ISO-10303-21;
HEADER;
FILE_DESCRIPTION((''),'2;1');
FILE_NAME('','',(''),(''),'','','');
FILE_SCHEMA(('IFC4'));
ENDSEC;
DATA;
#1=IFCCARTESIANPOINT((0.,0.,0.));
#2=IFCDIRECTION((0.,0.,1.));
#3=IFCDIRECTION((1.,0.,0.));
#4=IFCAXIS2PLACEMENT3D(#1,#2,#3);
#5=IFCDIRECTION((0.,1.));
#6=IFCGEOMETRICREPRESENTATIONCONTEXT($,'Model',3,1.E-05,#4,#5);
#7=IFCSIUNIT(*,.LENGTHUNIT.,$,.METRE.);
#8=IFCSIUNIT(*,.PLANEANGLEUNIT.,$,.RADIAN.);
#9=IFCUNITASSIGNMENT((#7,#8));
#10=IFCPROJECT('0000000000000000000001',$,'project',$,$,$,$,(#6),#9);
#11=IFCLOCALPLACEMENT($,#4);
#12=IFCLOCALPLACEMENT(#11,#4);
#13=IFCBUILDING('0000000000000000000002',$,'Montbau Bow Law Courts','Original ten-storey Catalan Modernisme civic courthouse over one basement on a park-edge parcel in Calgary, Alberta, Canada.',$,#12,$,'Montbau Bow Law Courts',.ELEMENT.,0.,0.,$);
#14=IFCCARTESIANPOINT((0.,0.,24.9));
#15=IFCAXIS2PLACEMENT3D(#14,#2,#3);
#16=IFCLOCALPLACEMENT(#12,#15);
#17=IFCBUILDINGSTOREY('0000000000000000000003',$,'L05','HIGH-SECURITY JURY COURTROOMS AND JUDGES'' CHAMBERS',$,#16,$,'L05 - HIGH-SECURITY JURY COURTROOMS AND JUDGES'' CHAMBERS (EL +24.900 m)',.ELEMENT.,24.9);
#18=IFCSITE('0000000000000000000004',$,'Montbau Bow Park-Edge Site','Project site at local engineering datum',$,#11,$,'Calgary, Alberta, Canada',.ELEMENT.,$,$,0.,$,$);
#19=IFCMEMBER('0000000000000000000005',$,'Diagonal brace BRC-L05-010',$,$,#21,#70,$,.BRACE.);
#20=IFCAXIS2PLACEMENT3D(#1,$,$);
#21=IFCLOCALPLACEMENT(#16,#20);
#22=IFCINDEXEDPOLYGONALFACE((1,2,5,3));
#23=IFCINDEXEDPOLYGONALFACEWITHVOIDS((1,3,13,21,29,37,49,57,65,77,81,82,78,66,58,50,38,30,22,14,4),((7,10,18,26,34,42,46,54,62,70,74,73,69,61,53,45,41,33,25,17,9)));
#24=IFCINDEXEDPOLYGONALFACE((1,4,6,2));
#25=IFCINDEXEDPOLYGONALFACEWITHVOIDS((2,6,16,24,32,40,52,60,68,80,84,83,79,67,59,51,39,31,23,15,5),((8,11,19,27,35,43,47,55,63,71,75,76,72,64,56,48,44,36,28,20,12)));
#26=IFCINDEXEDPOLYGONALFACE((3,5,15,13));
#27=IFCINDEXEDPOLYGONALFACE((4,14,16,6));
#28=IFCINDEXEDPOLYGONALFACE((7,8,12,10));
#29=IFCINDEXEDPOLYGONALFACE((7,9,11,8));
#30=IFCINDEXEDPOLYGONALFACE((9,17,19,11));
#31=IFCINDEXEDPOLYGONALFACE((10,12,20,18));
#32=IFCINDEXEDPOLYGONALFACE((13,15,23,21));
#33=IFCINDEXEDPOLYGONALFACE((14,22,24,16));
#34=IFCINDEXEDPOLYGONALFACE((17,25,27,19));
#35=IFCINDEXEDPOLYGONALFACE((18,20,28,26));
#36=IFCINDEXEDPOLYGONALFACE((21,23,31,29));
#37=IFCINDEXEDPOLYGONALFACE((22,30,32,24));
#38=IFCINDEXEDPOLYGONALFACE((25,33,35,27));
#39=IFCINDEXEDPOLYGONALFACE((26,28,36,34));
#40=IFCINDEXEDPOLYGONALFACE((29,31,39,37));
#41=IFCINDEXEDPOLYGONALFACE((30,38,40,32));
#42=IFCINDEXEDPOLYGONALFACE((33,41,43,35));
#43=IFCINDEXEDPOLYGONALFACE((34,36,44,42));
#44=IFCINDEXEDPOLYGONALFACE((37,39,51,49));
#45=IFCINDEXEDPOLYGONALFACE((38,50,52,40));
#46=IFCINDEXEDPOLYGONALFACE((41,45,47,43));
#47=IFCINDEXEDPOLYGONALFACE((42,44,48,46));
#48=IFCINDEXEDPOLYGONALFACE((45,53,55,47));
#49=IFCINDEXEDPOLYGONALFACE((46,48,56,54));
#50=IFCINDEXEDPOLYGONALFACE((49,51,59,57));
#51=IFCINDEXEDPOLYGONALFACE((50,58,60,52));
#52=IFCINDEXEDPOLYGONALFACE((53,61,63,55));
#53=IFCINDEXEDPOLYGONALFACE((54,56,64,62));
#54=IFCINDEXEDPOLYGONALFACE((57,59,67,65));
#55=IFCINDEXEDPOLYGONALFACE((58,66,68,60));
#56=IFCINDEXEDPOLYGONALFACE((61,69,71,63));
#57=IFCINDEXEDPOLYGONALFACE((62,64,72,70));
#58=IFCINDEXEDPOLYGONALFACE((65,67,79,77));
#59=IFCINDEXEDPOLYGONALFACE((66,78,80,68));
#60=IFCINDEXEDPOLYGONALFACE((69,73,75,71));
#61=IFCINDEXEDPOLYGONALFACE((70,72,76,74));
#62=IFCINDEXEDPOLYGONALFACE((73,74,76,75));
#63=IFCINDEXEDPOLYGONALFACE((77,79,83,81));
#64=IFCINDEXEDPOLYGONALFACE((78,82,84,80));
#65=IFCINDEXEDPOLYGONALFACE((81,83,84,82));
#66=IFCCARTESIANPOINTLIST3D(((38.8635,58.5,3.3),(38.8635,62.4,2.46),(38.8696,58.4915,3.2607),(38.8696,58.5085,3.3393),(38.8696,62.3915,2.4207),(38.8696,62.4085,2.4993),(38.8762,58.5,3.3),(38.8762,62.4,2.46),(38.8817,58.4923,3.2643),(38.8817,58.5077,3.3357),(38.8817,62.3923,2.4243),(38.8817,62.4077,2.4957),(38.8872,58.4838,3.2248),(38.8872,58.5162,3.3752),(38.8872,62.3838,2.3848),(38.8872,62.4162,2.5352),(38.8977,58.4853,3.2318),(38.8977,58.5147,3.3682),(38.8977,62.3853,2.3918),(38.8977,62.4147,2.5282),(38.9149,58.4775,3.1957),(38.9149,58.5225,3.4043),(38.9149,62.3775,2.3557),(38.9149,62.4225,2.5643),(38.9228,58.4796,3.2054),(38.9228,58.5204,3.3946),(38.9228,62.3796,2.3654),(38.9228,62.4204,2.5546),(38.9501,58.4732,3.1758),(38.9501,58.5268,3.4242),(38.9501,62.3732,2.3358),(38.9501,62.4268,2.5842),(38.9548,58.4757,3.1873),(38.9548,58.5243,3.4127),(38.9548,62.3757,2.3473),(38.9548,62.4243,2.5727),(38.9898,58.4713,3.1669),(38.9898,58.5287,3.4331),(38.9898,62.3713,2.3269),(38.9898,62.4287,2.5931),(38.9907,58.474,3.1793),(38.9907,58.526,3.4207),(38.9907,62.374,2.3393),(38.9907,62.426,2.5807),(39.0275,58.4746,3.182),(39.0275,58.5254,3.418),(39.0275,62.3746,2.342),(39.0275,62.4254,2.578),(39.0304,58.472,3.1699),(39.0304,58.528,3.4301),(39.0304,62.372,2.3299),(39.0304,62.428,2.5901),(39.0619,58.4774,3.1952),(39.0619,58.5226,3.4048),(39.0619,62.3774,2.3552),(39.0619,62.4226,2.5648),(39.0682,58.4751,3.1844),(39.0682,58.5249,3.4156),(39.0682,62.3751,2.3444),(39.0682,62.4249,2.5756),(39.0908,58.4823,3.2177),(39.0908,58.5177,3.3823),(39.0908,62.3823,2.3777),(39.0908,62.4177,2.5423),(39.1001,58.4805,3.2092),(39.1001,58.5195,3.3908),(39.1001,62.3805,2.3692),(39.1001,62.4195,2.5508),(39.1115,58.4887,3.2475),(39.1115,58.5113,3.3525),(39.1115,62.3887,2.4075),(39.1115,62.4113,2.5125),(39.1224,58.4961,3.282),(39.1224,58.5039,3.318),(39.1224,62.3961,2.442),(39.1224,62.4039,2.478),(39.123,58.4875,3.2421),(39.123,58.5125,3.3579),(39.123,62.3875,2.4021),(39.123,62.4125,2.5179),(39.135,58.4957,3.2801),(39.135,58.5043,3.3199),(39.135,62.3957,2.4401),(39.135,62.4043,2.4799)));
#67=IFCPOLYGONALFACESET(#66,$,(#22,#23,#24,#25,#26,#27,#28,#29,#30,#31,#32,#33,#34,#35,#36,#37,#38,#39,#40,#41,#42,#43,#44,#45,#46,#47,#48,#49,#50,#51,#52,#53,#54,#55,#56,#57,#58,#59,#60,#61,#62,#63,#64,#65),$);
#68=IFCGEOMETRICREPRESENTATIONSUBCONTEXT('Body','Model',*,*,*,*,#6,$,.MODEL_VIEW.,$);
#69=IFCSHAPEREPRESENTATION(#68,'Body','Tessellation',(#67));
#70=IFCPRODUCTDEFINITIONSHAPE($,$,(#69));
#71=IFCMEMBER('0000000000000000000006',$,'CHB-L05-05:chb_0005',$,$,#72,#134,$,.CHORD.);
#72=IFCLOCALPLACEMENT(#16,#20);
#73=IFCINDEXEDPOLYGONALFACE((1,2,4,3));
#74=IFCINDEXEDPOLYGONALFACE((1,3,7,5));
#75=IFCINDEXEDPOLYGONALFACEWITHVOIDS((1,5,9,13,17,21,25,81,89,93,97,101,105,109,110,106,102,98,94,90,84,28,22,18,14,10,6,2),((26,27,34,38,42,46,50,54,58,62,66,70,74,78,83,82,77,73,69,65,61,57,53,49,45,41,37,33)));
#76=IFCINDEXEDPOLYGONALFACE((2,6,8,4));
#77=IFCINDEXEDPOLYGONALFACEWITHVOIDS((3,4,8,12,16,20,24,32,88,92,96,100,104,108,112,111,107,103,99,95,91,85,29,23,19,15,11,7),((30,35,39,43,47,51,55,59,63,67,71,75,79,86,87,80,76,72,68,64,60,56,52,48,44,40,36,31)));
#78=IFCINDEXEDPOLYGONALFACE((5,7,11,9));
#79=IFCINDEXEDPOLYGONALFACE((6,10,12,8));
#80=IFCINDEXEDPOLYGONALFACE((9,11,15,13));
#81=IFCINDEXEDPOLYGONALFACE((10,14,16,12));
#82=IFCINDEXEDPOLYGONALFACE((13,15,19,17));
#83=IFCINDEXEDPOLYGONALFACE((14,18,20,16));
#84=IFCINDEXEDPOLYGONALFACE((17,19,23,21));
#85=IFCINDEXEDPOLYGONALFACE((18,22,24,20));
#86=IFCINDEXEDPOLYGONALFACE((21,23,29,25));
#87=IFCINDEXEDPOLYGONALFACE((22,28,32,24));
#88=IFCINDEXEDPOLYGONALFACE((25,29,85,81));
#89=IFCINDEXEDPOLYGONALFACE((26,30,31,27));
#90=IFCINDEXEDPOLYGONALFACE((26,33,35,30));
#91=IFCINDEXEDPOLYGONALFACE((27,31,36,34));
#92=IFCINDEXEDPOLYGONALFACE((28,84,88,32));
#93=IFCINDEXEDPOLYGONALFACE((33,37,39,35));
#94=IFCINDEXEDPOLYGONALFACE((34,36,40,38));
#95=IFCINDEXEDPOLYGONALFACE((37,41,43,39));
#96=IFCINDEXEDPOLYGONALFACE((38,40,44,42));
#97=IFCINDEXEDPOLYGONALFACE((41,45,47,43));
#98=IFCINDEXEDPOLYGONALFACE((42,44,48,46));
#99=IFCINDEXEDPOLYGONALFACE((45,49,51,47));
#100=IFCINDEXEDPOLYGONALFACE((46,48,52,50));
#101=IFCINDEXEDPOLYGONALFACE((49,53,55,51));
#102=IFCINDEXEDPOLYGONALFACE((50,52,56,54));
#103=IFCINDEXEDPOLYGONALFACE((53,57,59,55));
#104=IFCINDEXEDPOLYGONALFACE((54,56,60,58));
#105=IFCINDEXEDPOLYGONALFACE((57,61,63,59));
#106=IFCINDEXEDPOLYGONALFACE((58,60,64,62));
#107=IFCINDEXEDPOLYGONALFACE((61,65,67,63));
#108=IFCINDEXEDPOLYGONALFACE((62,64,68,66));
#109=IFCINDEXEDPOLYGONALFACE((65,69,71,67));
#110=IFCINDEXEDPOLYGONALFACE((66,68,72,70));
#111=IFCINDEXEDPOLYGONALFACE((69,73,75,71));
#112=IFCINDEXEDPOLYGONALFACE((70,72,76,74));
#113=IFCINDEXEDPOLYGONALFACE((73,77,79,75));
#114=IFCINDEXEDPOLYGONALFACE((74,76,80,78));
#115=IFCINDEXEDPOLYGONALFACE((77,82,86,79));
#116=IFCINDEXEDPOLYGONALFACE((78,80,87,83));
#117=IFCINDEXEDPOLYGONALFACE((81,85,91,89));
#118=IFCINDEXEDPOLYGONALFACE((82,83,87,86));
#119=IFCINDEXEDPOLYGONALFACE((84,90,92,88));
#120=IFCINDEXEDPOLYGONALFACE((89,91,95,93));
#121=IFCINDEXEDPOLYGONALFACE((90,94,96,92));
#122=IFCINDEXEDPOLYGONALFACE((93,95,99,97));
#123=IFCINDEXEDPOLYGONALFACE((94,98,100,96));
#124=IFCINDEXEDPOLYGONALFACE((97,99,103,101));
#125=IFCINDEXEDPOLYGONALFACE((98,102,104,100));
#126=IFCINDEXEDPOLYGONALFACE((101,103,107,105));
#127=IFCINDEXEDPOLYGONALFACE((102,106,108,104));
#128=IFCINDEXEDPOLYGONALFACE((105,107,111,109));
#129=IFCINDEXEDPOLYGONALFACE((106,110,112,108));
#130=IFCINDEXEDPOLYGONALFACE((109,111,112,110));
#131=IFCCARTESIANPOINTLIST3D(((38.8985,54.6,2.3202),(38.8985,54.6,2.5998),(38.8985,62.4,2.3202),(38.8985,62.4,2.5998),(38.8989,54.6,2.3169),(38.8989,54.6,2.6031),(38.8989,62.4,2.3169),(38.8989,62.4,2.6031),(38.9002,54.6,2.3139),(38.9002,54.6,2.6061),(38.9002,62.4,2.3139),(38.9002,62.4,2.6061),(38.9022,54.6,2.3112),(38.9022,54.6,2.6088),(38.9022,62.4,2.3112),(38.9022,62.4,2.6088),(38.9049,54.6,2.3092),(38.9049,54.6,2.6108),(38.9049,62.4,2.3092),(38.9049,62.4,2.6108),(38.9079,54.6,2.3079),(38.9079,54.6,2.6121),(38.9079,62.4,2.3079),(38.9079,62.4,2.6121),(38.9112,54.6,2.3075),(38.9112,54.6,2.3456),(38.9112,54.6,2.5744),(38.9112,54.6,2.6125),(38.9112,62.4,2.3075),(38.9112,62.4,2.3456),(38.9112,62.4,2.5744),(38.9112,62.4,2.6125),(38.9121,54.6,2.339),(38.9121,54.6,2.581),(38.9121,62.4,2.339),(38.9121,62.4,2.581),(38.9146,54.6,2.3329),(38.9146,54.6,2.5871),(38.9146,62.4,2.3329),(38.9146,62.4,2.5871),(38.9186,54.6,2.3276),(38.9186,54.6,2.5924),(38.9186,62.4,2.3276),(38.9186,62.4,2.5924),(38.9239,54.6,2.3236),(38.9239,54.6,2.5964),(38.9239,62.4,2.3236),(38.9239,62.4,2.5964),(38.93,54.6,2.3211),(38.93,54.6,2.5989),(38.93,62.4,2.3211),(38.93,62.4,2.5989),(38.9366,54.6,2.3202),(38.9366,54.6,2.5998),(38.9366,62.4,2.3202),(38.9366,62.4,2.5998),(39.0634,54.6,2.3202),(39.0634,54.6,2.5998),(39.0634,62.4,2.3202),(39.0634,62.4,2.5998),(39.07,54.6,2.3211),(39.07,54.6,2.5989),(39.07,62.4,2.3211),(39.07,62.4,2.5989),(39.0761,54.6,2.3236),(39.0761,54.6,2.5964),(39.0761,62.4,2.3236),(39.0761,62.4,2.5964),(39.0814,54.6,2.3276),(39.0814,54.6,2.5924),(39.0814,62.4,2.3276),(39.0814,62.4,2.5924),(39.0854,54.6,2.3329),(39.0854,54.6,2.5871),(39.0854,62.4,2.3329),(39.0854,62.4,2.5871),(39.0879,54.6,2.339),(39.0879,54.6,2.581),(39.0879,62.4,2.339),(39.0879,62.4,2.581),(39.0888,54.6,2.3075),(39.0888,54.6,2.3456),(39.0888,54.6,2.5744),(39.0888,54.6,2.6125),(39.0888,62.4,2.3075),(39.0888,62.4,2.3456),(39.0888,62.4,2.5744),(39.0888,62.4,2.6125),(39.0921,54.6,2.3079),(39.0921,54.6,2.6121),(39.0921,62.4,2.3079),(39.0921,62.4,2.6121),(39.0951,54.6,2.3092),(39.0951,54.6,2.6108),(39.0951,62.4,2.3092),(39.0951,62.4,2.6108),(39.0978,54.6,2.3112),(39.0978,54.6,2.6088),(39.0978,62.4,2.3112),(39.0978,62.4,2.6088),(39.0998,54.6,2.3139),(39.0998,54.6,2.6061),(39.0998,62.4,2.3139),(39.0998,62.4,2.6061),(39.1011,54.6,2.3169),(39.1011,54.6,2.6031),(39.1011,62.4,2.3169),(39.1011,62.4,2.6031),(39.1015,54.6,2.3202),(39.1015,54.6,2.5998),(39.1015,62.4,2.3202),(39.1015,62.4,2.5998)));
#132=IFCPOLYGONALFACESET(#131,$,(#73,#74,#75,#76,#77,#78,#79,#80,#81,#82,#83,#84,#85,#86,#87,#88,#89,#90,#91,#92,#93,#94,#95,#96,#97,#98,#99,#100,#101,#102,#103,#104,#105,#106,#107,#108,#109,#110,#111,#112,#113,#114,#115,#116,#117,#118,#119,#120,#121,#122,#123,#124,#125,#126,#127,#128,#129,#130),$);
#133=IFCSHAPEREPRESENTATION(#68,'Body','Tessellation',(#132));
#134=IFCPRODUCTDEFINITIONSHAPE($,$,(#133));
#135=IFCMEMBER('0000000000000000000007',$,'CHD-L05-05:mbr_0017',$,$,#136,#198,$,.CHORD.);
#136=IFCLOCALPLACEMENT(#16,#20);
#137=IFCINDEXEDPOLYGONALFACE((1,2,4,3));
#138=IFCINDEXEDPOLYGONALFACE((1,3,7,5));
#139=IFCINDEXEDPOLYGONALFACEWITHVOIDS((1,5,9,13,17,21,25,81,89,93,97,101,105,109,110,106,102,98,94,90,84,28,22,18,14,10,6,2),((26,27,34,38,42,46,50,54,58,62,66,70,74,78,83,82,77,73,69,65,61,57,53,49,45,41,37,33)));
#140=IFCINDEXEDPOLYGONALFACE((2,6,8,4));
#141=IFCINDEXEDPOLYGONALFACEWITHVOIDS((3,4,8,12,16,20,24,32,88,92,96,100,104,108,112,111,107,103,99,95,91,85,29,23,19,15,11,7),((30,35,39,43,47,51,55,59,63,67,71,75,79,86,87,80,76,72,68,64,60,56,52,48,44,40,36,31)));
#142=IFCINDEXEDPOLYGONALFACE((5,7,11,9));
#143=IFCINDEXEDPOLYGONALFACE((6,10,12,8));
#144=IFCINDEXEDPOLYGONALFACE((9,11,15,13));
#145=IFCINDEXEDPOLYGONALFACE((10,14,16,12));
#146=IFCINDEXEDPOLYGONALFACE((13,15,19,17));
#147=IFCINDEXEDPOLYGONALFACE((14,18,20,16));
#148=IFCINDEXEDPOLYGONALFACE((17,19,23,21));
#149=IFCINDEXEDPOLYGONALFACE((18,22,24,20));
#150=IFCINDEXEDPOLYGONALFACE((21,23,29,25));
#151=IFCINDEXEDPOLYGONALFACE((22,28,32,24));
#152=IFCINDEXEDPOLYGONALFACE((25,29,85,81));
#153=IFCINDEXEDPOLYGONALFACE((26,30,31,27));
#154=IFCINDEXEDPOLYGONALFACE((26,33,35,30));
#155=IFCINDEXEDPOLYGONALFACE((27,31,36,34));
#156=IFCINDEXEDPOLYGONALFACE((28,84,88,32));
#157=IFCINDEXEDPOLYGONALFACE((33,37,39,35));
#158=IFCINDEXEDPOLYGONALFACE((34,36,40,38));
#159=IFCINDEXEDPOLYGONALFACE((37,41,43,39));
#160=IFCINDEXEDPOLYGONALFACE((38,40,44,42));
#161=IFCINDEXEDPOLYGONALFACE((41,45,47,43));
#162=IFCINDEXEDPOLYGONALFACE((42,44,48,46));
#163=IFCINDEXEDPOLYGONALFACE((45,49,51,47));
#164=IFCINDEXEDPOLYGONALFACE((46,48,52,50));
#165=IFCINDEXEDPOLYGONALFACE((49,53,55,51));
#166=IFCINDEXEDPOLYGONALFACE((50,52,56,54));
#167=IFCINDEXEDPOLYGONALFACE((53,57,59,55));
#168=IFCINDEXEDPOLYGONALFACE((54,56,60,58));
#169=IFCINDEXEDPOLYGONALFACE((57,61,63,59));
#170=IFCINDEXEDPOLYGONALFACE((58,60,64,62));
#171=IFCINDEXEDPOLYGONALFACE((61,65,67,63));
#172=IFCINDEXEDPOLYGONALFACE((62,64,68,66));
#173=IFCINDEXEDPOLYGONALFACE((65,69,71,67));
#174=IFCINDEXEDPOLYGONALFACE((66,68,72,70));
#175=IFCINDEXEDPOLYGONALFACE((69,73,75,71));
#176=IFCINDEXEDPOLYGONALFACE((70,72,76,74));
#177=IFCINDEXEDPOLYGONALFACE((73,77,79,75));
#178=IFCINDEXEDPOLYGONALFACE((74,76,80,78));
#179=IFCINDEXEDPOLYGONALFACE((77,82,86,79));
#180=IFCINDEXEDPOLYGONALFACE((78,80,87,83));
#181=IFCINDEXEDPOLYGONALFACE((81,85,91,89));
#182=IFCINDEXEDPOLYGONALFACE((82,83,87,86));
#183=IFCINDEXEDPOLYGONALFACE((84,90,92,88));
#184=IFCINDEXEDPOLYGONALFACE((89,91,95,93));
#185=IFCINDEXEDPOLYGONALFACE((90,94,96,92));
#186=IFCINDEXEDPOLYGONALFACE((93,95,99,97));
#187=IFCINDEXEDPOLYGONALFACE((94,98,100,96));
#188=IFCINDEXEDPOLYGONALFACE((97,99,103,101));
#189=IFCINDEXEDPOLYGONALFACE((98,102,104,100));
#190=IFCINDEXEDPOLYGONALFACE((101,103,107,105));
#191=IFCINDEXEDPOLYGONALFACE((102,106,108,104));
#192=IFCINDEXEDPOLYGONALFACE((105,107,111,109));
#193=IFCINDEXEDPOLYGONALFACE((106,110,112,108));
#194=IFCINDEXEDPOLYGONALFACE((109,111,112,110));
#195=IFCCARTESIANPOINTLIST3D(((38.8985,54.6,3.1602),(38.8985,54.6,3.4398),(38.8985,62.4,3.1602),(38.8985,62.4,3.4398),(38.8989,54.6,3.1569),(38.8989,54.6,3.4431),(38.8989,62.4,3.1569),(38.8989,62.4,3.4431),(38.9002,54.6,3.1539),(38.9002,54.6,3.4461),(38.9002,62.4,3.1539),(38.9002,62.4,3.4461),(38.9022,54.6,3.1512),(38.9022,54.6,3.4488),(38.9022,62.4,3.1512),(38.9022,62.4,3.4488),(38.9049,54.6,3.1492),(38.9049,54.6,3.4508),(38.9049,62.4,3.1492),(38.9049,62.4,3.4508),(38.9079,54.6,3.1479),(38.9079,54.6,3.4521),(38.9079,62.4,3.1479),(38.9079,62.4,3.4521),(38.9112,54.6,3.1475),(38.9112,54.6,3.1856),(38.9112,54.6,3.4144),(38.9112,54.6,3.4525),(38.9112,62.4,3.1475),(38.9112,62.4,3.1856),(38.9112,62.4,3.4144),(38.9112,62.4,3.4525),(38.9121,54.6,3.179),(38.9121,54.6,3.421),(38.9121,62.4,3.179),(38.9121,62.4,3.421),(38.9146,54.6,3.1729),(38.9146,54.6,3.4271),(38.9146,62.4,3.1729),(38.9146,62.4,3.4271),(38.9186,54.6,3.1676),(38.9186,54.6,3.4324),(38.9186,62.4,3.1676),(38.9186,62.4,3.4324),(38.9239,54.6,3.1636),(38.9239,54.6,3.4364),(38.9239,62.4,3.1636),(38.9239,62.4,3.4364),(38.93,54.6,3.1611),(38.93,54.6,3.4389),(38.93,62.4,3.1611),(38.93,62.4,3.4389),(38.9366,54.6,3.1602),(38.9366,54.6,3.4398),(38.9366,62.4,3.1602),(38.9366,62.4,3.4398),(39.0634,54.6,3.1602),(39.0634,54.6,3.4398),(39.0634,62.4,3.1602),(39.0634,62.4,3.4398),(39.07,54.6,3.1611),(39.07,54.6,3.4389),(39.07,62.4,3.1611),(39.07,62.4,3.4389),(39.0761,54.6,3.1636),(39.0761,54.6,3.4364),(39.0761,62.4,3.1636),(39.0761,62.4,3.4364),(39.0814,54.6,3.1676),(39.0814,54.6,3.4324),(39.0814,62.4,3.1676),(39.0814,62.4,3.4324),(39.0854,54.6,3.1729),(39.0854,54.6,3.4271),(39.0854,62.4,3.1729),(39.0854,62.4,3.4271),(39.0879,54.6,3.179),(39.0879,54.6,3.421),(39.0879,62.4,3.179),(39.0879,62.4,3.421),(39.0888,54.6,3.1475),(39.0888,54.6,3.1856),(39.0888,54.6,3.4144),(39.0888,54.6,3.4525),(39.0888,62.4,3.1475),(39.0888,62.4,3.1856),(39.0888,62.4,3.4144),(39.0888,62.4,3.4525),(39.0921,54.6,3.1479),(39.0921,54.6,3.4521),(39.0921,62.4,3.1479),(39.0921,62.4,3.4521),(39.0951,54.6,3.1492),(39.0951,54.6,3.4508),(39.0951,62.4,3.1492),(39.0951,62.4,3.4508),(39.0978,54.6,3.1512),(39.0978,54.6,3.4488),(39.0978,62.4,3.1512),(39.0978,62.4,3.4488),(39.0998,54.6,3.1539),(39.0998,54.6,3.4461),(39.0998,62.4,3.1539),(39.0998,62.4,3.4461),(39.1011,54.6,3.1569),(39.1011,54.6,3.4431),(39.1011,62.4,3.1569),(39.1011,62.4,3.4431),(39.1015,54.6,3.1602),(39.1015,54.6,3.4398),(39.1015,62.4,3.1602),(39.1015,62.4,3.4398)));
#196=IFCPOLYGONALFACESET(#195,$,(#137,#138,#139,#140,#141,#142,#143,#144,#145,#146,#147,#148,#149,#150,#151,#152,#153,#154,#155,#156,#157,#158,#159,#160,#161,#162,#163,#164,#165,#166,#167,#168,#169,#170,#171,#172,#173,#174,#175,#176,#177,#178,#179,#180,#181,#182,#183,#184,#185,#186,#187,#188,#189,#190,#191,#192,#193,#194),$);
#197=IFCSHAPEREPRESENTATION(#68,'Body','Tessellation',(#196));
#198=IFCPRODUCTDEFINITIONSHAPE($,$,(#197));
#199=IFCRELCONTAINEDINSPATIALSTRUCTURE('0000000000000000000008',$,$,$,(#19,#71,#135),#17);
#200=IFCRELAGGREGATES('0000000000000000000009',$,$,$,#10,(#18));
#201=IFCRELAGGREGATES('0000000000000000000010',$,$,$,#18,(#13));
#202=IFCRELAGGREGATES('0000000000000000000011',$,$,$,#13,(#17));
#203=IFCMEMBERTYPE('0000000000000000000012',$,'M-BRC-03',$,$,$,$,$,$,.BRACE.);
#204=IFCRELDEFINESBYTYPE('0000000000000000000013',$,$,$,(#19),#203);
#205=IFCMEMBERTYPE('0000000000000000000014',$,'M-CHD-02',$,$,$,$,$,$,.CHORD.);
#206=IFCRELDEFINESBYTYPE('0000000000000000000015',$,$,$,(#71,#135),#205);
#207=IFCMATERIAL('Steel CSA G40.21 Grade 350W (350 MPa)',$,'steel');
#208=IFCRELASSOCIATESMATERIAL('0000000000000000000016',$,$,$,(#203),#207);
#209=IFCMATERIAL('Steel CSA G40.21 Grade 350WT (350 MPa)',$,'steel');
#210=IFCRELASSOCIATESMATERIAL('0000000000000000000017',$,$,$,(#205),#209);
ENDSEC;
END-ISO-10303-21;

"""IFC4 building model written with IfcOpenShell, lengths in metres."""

from ifc_helpers import new_model, si_unit, direction, frame, origin_with_axes, origin_2d_with_axis, place, context, subcontext, project, spatial, hollow_rectangle, hollow_circle, extrude, material, material_profile, profile_set, type_object, element, save


model = new_model("IFC4")

# Units and contexts
model_context = context("Model", 3, precision=1e-05, world=origin_with_axes(), true_north=direction((0.0, 1.0)))
body_context = subcontext(model_context, "Body", "Model", "MODEL_VIEW")
ifc_project = project(units=[si_unit("LENGTHUNIT", "METRE"), si_unit("PLANEANGLEUNIT", "RADIAN")], contexts=[model_context])

# Site, building, storey
site_placement = place(None, origin_with_axes())
site = spatial("IfcSite", under=ifc_project, at=site_placement, Name="Montbau Bow Park-Edge Site", Description="Project site at local engineering datum", LongName="Calgary, Alberta, Canada", CompositionType="ELEMENT", RefElevation=0.0)
building_placement = place(site_placement, origin_with_axes())
building = spatial("IfcBuilding", under=site, at=building_placement, Name="Montbau Bow Law Courts", Description="Original ten-storey Catalan Modernisme civic courthouse over one basement on a park-edge parcel in Calgary, Alberta, Canada.", LongName="Montbau Bow Law Courts", CompositionType="ELEMENT", ElevationOfRefHeight=0.0, ElevationOfTerrain=0.0)
storey_placement = place(building_placement, frame((0.0, 0.0, 24.9), z_axis=(0.0, 0.0, 1.0), x_axis=(1.0, 0.0, 0.0)))
storey = spatial("IfcBuildingStorey", under=building, at=storey_placement, Name="L05", Description="HIGH-SECURITY JURY COURTROOMS AND JUDGES' CHAMBERS", LongName="L05 - HIGH-SECURITY JURY COURTROOMS AND JUDGES' CHAMBERS (EL +24.900 m)", CompositionType="ELEMENT", Elevation=24.9)

# Shared definitions
ifc_material_1 = material(Name="Steel CSA G40.21 Grade 350W (350 MPa)", Category="steel")

# Shared definitions
ifc_material_2 = material(Name="Steel CSA G40.21 Grade 350WT (350 MPa)", Category="steel")

# Members
ifc_material_profile_1 = material_profile(ifc_material_1, hollow_circle(Radius=0.1365, WallThickness=0.0127, at=origin_2d_with_axis()), Name="HSS273X13", Category="Main", Priority=0)
ifc_profile_set_1 = profile_set([ifc_material_profile_1], Name="Steel CSA G40.21 Grade 350W (350 MPa)")
member_type_1 = type_object("IfcMemberType", Name="M-BRC-03", PredefinedType="BRACE", material=ifc_profile_set_1)
for number, where, z_axis, x_axis, name in (
    (1, (39.0, 58.5, 28.2), (0.0, 0.977582, -0.210556), (-1.0, 0.0, 0.0), "Diagonal brace BRC-L05-010"),
):
    element("IfcMember", number, at=place(None, frame(where, z_axis=z_axis, x_axis=x_axis)), inside=storey, type_object=member_type_1, Name=name, PredefinedType="BRACE", context=body_context, shape_type="SweptSolid", body=[
        extrude(hollow_circle(Radius=0.1365, WallThickness=0.0127, at=origin_2d_with_axis()), origin_with_axes(), (0.0, 0.0, 1.0), 3.9894),
    ])
ifc_material_profile_2 = material_profile(ifc_material_2, hollow_rectangle(XDim=0.203, YDim=0.305, WallThickness=0.0127, InnerFilletRadius=0.0254, OuterFilletRadius=0.0127, at=origin_2d_with_axis()), Name="HSS305X203X13", Category="Main", Priority=0)
ifc_profile_set_2 = profile_set([ifc_material_profile_2], Name="Steel CSA G40.21 Grade 350WT (350 MPa)")
member_type_2 = type_object("IfcMemberType", Name="M-CHD-02", PredefinedType="CHORD", material=ifc_profile_set_2)
for number, where, z_axis, x_axis, name in (
    (2, (39.0, 54.6, 27.36), (0.0, 1.0, 0.0), (-1.0, 0.0, 0.0), "CHB-L05-05:chb_0005"),
    (3, (39.0, 54.6, 28.2), (0.0, 1.0, 0.0), (-1.0, 0.0, 0.0), "CHD-L05-05:mbr_0017"),
):
    element("IfcMember", number, at=place(None, frame(where, z_axis=z_axis, x_axis=x_axis)), inside=storey, type_object=member_type_2, Name=name, PredefinedType="CHORD", context=body_context, shape_type="SweptSolid", body=[
        extrude(hollow_rectangle(XDim=0.203, YDim=0.305, WallThickness=0.0127, InnerFilletRadius=0.0254, OuterFilletRadius=0.0127, at=origin_2d_with_axis()), origin_with_axes(), (0.0, 0.0, 1.0), 7.8),
    ])

save(model, "model.ifc")
